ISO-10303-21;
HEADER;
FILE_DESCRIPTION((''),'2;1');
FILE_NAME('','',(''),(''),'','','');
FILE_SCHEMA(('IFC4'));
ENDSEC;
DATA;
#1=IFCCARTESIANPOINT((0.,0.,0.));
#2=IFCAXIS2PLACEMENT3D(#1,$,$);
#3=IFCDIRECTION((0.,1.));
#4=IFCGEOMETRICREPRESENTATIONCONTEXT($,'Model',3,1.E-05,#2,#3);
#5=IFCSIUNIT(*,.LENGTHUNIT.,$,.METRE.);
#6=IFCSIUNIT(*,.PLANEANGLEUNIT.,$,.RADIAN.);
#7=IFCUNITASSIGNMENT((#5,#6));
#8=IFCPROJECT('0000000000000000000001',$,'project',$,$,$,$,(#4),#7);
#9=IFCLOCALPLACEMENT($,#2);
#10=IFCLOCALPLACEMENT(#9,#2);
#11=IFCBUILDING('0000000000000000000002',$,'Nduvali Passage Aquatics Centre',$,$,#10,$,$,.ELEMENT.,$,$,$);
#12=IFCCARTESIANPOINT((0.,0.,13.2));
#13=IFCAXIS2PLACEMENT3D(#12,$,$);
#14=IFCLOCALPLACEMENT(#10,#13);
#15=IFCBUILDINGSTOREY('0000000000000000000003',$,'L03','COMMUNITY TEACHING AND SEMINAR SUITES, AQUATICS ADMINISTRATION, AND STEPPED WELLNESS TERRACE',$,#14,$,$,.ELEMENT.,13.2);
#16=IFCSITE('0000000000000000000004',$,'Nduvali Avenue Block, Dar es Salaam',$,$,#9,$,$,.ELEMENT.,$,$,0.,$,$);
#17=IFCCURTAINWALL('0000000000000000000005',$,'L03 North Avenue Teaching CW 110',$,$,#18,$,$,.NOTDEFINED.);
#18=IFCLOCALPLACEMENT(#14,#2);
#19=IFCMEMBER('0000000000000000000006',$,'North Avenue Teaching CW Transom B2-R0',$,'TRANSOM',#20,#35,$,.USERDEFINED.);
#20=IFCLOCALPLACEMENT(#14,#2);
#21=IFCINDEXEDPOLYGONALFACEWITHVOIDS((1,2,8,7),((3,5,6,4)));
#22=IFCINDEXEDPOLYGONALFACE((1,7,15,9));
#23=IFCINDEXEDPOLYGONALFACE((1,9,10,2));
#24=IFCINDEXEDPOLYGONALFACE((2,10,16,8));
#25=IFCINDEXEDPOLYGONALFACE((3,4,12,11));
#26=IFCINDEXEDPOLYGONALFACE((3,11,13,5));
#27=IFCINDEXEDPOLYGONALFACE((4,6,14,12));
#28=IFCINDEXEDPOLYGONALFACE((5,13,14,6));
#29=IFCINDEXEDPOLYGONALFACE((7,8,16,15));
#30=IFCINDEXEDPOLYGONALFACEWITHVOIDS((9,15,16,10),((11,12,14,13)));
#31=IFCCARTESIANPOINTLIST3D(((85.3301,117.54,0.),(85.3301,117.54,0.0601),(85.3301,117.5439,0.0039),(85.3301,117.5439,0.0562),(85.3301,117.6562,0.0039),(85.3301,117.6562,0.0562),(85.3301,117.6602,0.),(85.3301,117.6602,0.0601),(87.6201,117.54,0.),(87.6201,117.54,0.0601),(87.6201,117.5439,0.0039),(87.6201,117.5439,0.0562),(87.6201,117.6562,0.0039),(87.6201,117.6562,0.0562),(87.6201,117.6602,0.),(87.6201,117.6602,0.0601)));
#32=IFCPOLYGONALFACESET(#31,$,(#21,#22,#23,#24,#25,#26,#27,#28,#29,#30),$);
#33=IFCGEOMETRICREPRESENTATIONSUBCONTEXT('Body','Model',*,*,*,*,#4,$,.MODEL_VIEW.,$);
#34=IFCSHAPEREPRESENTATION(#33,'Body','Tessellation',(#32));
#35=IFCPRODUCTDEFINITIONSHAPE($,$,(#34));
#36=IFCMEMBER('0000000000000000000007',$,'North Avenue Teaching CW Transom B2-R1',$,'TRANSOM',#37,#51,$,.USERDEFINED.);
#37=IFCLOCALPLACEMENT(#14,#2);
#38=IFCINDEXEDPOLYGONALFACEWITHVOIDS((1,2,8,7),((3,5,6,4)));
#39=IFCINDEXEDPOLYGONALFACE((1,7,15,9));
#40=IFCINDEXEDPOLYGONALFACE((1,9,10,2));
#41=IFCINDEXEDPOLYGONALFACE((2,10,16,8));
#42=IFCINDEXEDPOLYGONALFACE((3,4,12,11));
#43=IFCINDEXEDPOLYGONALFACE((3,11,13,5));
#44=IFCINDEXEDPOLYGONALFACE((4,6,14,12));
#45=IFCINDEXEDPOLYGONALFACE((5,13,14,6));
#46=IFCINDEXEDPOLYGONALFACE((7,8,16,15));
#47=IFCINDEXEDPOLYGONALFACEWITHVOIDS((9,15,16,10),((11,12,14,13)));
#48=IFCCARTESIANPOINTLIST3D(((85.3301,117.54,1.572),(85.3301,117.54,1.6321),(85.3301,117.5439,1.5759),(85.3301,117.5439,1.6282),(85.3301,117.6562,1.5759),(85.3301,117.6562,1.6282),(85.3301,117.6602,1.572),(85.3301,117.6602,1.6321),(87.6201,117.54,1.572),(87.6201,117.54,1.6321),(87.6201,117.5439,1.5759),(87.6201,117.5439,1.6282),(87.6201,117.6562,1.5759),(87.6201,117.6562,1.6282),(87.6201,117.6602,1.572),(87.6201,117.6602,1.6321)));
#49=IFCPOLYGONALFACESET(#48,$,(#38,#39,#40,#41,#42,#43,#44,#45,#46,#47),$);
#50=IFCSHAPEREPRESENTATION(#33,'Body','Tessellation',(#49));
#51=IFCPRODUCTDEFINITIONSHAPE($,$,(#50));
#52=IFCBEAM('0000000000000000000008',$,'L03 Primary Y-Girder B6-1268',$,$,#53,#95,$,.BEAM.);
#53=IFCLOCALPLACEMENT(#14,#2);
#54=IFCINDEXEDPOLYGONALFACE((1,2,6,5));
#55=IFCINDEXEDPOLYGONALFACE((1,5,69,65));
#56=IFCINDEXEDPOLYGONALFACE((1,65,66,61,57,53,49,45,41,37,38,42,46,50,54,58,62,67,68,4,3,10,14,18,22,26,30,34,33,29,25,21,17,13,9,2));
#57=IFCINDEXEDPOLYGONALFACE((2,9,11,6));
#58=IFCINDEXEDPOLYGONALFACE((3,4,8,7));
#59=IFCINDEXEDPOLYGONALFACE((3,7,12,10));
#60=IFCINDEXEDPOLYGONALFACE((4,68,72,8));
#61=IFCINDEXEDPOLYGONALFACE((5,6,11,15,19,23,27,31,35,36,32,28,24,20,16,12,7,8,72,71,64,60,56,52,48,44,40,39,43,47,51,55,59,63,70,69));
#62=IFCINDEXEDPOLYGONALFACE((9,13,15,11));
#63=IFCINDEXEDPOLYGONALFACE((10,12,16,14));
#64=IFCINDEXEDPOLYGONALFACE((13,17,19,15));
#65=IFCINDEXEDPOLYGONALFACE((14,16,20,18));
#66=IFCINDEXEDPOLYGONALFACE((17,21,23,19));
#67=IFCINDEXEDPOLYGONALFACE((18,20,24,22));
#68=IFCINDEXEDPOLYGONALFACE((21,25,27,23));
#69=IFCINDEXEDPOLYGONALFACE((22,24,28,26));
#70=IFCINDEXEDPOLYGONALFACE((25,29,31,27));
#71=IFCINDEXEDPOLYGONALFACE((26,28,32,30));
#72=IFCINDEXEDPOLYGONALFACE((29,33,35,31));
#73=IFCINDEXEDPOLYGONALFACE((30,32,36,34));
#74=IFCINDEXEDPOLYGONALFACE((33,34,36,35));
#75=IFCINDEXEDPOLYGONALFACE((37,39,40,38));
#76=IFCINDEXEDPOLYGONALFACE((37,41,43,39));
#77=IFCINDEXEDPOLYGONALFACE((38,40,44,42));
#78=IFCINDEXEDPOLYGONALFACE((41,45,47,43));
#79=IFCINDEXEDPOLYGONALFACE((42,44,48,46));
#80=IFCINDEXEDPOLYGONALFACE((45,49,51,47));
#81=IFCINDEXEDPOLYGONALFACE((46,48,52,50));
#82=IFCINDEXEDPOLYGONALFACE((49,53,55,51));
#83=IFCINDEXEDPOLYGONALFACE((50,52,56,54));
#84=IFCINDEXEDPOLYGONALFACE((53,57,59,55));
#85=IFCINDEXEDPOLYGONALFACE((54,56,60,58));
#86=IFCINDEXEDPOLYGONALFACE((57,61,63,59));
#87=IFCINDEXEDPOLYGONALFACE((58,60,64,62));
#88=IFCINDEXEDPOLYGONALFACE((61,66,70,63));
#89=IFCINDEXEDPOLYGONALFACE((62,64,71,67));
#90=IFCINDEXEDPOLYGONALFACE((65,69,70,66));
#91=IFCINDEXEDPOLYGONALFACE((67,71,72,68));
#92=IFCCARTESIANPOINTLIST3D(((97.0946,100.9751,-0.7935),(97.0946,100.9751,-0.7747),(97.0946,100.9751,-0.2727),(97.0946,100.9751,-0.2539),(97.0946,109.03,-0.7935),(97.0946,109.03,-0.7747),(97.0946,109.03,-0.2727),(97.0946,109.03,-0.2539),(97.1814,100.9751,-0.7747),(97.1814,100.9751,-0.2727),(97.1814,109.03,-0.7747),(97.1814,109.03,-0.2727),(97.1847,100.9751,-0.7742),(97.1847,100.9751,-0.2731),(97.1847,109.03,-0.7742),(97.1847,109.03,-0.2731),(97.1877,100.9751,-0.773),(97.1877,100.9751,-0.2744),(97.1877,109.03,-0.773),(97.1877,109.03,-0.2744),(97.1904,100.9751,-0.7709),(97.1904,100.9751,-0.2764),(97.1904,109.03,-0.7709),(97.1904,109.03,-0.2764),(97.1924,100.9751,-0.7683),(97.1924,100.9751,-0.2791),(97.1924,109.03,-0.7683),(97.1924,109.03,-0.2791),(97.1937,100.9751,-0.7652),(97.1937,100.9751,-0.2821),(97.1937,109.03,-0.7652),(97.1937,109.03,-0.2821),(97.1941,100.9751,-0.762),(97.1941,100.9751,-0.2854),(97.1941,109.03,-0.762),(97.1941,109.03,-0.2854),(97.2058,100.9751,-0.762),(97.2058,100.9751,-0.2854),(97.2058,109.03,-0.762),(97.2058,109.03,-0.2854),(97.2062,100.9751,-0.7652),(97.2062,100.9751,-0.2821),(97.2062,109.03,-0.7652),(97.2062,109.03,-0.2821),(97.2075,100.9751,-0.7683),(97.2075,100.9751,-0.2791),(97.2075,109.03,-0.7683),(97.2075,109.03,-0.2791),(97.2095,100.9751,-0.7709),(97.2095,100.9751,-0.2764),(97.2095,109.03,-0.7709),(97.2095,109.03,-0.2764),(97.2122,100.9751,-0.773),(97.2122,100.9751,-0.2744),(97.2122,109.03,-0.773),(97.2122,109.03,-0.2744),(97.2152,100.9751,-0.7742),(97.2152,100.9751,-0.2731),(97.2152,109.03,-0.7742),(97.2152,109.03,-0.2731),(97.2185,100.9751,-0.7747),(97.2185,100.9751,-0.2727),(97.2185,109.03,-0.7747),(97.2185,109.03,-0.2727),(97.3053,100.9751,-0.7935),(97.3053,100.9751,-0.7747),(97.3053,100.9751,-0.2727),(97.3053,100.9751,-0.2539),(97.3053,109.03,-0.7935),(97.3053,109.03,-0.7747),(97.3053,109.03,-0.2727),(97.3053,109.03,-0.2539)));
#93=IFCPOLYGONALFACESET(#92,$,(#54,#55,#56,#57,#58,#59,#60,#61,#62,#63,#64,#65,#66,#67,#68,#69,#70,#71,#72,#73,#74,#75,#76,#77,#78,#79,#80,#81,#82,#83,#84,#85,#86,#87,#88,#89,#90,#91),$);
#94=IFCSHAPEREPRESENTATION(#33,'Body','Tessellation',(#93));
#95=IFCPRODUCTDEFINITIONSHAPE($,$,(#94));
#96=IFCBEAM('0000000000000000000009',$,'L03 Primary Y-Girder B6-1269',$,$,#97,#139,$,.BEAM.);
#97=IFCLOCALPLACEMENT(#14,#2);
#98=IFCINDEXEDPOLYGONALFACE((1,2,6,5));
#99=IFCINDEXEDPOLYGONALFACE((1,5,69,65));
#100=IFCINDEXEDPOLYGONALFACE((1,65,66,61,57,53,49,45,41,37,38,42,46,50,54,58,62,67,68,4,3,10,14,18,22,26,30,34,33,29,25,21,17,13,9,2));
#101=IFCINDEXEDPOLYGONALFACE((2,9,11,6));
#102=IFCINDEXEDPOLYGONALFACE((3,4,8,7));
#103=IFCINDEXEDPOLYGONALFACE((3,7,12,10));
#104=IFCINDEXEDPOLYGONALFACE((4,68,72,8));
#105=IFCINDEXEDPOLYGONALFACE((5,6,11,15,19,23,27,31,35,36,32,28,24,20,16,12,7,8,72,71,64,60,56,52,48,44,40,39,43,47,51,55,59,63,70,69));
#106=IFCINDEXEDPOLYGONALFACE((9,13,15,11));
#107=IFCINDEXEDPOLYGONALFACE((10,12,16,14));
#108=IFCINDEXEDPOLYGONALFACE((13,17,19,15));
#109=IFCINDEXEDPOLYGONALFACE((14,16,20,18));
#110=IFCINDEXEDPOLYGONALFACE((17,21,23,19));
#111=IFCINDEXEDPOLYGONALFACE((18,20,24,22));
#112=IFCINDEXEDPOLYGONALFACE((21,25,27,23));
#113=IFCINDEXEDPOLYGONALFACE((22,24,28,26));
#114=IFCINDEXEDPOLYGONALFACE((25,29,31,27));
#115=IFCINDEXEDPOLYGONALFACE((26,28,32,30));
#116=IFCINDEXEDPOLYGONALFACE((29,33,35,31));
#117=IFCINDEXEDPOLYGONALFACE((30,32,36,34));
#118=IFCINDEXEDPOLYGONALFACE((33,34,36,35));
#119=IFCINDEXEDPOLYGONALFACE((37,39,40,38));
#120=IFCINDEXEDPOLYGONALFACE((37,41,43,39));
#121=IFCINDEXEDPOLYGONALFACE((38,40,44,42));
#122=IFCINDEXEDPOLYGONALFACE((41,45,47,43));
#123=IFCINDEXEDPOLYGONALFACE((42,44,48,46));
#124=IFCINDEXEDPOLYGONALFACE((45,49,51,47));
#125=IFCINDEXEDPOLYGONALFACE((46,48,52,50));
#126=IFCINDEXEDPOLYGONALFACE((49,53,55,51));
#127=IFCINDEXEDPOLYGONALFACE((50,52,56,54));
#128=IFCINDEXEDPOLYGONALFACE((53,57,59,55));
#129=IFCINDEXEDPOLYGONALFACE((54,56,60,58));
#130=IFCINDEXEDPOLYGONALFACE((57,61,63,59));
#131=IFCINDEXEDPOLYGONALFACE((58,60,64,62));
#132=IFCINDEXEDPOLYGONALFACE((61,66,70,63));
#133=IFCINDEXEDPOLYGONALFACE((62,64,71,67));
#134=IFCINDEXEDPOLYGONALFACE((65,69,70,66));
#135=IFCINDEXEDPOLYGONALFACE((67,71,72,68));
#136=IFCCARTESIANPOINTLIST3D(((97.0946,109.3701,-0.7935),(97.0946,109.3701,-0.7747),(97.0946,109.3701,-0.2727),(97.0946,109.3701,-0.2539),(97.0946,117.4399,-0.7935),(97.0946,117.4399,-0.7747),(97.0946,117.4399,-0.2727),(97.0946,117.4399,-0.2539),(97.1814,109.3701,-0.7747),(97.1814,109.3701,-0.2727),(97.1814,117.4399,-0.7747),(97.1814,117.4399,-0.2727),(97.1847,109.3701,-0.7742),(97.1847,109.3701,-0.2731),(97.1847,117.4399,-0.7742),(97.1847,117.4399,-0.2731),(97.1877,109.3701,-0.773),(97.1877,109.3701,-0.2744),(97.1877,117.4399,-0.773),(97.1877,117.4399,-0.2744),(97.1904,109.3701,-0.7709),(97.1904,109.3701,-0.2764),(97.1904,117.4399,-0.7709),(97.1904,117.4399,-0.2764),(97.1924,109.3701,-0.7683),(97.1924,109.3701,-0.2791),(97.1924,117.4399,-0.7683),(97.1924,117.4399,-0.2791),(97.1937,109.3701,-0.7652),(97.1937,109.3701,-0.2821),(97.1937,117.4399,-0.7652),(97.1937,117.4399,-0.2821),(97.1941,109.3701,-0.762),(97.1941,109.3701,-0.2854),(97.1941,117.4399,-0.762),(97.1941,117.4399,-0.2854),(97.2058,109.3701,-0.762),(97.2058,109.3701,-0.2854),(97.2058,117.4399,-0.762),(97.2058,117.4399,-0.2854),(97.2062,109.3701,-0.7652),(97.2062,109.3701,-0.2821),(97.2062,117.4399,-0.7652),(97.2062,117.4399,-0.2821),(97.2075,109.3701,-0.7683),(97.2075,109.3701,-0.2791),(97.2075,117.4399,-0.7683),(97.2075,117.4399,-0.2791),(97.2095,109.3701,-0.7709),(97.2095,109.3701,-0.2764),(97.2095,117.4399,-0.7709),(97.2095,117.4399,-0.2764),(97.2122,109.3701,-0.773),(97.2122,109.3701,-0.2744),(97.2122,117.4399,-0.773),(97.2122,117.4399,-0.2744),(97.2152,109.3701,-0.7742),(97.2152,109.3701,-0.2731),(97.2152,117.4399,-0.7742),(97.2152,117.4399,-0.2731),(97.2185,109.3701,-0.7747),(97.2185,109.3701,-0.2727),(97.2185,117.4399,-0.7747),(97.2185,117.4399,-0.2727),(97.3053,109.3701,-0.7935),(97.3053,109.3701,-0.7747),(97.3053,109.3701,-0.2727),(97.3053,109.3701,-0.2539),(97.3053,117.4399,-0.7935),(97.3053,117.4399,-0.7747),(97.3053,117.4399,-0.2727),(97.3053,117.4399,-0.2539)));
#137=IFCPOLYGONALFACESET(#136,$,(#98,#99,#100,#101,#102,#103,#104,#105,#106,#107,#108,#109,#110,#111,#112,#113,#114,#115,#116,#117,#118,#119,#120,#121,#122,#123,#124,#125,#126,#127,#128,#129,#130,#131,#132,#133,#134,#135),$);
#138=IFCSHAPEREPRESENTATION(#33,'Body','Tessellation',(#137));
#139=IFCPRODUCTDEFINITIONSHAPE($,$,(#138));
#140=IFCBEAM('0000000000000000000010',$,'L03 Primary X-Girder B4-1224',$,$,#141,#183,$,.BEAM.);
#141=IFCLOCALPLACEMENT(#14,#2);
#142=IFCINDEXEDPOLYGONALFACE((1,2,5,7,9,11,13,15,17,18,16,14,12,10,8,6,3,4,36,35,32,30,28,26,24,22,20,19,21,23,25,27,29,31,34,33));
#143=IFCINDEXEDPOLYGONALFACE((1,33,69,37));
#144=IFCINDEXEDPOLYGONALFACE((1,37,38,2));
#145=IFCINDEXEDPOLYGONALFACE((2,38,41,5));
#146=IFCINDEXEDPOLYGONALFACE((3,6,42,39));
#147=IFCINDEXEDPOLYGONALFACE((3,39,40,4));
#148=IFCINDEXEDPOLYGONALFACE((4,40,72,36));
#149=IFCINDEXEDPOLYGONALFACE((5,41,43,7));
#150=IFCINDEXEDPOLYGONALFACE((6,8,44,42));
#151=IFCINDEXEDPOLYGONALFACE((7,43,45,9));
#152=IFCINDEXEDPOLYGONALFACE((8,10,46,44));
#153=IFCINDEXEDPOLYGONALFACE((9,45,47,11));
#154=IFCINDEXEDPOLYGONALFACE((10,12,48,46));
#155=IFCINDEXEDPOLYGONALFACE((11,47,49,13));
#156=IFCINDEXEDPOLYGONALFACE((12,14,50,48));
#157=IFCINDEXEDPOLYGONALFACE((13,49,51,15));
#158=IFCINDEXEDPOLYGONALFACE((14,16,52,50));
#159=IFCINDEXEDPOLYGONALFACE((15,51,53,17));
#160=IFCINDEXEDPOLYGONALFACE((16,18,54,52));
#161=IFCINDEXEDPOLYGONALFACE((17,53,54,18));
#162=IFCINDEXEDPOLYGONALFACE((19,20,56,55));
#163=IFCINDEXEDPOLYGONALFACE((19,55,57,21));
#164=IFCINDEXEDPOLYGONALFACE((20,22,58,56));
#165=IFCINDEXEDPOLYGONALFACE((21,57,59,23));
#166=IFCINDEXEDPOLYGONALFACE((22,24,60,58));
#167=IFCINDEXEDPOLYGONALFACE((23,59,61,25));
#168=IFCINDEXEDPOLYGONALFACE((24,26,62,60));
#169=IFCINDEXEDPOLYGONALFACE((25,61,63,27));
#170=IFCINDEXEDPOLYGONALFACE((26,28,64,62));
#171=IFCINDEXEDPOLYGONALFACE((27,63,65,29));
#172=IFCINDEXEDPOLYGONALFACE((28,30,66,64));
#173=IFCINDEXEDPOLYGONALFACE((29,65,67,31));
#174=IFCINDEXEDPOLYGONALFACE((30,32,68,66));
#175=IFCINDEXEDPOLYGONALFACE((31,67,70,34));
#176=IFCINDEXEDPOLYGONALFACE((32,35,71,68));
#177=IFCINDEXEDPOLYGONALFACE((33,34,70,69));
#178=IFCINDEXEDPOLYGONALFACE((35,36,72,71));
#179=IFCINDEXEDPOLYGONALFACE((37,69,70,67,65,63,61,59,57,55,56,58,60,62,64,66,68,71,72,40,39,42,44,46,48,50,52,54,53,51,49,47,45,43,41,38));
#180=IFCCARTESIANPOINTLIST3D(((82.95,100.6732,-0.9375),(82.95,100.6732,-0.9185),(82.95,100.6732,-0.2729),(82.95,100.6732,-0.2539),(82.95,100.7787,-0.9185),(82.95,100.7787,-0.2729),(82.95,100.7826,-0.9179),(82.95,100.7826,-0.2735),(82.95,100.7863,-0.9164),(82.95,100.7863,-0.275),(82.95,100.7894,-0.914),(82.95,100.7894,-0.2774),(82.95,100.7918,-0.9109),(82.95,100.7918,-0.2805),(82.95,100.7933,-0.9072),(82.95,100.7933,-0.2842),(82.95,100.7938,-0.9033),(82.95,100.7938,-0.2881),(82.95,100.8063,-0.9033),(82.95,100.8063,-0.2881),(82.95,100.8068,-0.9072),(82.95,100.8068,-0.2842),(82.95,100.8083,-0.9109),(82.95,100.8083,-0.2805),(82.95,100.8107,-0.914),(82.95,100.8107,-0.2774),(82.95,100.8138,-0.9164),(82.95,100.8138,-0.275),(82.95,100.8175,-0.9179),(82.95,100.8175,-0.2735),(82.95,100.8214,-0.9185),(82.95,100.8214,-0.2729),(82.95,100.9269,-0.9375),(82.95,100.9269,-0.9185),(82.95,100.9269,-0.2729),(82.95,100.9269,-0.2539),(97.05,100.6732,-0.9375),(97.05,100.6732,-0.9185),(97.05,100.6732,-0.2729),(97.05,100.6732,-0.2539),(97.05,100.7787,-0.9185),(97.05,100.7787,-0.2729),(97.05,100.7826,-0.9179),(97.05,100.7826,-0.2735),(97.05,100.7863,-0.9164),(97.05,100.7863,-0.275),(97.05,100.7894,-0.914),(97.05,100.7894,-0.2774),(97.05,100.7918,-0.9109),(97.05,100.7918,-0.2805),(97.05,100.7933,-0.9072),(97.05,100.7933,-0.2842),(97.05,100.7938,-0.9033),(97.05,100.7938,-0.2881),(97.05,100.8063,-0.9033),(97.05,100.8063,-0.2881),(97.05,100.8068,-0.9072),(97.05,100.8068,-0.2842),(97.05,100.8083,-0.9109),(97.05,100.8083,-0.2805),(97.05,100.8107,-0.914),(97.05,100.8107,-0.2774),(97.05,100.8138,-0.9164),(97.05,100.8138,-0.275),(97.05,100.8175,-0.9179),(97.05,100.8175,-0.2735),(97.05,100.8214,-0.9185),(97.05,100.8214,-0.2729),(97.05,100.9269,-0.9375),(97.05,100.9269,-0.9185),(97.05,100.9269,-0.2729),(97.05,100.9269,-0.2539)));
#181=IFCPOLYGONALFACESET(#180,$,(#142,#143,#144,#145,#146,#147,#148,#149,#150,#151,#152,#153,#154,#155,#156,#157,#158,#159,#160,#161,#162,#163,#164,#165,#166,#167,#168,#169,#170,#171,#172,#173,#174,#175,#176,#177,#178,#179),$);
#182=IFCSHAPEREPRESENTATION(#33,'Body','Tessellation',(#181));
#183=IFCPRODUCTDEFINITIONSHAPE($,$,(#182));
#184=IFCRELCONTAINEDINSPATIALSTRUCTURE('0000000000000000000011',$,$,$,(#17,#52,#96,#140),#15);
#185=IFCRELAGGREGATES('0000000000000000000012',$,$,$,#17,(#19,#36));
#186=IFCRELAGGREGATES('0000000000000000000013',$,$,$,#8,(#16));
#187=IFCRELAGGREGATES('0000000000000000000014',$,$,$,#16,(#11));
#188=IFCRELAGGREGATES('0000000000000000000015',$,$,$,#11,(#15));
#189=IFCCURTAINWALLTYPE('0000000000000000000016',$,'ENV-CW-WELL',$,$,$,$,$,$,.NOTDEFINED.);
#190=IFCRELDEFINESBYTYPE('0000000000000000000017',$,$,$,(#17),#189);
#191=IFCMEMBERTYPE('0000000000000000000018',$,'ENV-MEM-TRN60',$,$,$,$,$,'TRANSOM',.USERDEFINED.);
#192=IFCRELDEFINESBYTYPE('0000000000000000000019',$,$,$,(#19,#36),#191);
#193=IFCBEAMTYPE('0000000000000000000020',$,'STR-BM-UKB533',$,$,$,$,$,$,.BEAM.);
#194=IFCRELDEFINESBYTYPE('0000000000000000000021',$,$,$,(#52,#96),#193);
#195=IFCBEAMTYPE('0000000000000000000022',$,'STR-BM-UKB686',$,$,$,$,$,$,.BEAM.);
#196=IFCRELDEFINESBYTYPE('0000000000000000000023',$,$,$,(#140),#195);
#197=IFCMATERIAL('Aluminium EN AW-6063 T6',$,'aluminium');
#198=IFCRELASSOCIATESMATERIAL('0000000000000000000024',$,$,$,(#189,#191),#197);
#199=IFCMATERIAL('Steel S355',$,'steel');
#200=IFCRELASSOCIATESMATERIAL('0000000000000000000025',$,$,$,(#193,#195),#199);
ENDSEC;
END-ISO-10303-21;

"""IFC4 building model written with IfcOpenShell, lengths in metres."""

from ifc_helpers import new_model, si_unit, direction, frame, origin, origin_2d, place, context, subcontext, project, spatial, hollow_rectangle, i_section, extrude, material, material_profile, profile_set, type_object, element, aggregate, save


model = new_model("IFC4")

# Units and contexts
model_context = context("Model", 3, precision=1e-05, world=origin(), true_north=direction((0.0, 1.0)))
body_context = subcontext(model_context, "Body", "Model", "MODEL_VIEW")
ifc_project = project(units=[si_unit("LENGTHUNIT", "METRE"), si_unit("PLANEANGLEUNIT", "RADIAN")], contexts=[model_context])

# Site, building, storey
site_placement = place(None, origin())
site = spatial("IfcSite", under=ifc_project, at=site_placement, Name="Nduvali Avenue Block, Dar es Salaam", CompositionType="ELEMENT", RefElevation=0.0)
building_placement = place(site_placement, origin())
building = spatial("IfcBuilding", under=site, at=building_placement, Name="Nduvali Passage Aquatics Centre", CompositionType="ELEMENT")
storey_placement = place(building_placement, frame((0.0, 0.0, 13.2)))
storey = spatial("IfcBuildingStorey", under=building, at=storey_placement, Name="L03", Description="COMMUNITY TEACHING AND SEMINAR SUITES, AQUATICS ADMINISTRATION, AND STEPPED WELLNESS TERRACE", CompositionType="ELEMENT", Elevation=13.2)

# Shared definitions
ifc_material_1 = material(Name="Steel S355", Category="steel")

# Curtain wall, members
ifc_material_2 = material(Name="Aluminium EN AW-6063 T6", Category="aluminium")
curtain_wall_type = type_object("IfcCurtainWallType", Name="ENV-CW-WELL", PredefinedType="NOTDEFINED", material=ifc_material_2)
curtain_wall_placement = place(storey_placement, origin())
curtain_wall = element("IfcCurtainWall", 1, at=curtain_wall_placement, inside=storey, type_object=curtain_wall_type, Name="L03 North Avenue Teaching CW 110", PredefinedType="NOTDEFINED")
ifc_material_profile_1 = material_profile(ifc_material_2, hollow_rectangle(XDim=0.1201, YDim=0.0601, WallThickness=0.0039, at=origin_2d()), Name="ALU TRANSOM 120x60x4")
ifc_profile_set_1 = profile_set([ifc_material_profile_1], Name="Aluminium EN AW-6063 T6")
member_type_1 = type_object("IfcMemberType", Name="ENV-MEM-TRN60", ElementType="TRANSOM", PredefinedType="USERDEFINED", material=ifc_profile_set_1)
member_1_placement = place(storey_placement, frame((85.3301, 117.6001, 0.03), z_axis=(1.0, 0.0, 0.0), x_axis=(0.0, 1.0, 0.0)))
member_1 = element("IfcMember", 2, at=member_1_placement, type_object=member_type_1, Name="North Avenue Teaching CW Transom B2-R0", ObjectType="TRANSOM", PredefinedType="USERDEFINED", context=body_context, shape_type="SweptSolid", body=[
    extrude(hollow_rectangle(XDim=0.1201, YDim=0.0601, WallThickness=0.0039, at=origin_2d()), origin(), (0.0, 0.0, 1.0), 2.29),
])
member_2_placement = place(storey_placement, frame((85.3301, 117.6001, 1.6021), z_axis=(1.0, 0.0, 0.0), x_axis=(0.0, 1.0, 0.0)))
member_2 = element("IfcMember", 3, at=member_2_placement, type_object=member_type_1, Name="North Avenue Teaching CW Transom B2-R1", ObjectType="TRANSOM", PredefinedType="USERDEFINED", context=body_context, shape_type="SweptSolid", body=[
    extrude(hollow_rectangle(XDim=0.1201, YDim=0.0601, WallThickness=0.0039, at=origin_2d()), origin(), (0.0, 0.0, 1.0), 2.29),
])

# Beams
ifc_material_profile_2 = material_profile(ifc_material_1, i_section(OverallWidth=0.2107, OverallDepth=0.5396, WebThickness=0.0117, FlangeThickness=0.0188, FilletRadius=0.0127, at=origin_2d()), Name="UKB 533x210x109")
ifc_profile_set_2 = profile_set([ifc_material_profile_2], Name="Steel S355")
beam_type_1 = type_object("IfcBeamType", Name="STR-BM-UKB533", PredefinedType="BEAM", material=ifc_profile_set_2)
beam_1_placement = place(storey_placement, frame((97.2, 100.9751, -0.5237), z_axis=(0.0, 1.0, 0.0), x_axis=(-1.0, 0.0, 0.0)))
element("IfcBeam", 4, at=beam_1_placement, inside=storey, type_object=beam_type_1, Name="L03 Primary Y-Girder B6-1268", PredefinedType="BEAM", context=body_context, shape_type="SweptSolid", body=[
    extrude(i_section(OverallWidth=0.2107, OverallDepth=0.5396, WebThickness=0.0117, FlangeThickness=0.0188, FilletRadius=0.0127, at=origin_2d()), origin(), (0.0, 0.0, 1.0), 8.0549),
])
beam_2_placement = place(storey_placement, frame((97.2, 109.3701, -0.5237), z_axis=(0.0, 1.0, 0.0), x_axis=(-1.0, 0.0, 0.0)))
element("IfcBeam", 5, at=beam_2_placement, inside=storey, type_object=beam_type_1, Name="L03 Primary Y-Girder B6-1269", PredefinedType="BEAM", context=body_context, shape_type="SweptSolid", body=[
    extrude(i_section(OverallWidth=0.2107, OverallDepth=0.5396, WebThickness=0.0117, FlangeThickness=0.0188, FilletRadius=0.0127, at=origin_2d()), origin(), (0.0, 0.0, 1.0), 8.0698),
])
ifc_material_profile_3 = material_profile(ifc_material_1, i_section(OverallWidth=0.2537, OverallDepth=0.6836, WebThickness=0.0125, FlangeThickness=0.019, FilletRadius=0.0151, at=origin_2d()), Name="UKB 686x254x140")
ifc_profile_set_3 = profile_set([ifc_material_profile_3], Name="Steel S355")
beam_type_2 = type_object("IfcBeamType", Name="STR-BM-UKB686", PredefinedType="BEAM", material=ifc_profile_set_3)
beam_3_placement = place(storey_placement, frame((82.95, 100.8, -0.5957), z_axis=(1.0, 0.0, 0.0), x_axis=(0.0, 1.0, 0.0)))
element("IfcBeam", 6, at=beam_3_placement, inside=storey, type_object=beam_type_2, Name="L03 Primary X-Girder B4-1224", PredefinedType="BEAM", context=body_context, shape_type="SweptSolid", body=[
    extrude(i_section(OverallWidth=0.2537, OverallDepth=0.6836, WebThickness=0.0125, FlangeThickness=0.019, FilletRadius=0.0151, at=origin_2d()), origin(), (0.0, 0.0, 1.0), 14.1001),
])

aggregate(curtain_wall, [member_1, member_2])

save(model, "model.ifc")
